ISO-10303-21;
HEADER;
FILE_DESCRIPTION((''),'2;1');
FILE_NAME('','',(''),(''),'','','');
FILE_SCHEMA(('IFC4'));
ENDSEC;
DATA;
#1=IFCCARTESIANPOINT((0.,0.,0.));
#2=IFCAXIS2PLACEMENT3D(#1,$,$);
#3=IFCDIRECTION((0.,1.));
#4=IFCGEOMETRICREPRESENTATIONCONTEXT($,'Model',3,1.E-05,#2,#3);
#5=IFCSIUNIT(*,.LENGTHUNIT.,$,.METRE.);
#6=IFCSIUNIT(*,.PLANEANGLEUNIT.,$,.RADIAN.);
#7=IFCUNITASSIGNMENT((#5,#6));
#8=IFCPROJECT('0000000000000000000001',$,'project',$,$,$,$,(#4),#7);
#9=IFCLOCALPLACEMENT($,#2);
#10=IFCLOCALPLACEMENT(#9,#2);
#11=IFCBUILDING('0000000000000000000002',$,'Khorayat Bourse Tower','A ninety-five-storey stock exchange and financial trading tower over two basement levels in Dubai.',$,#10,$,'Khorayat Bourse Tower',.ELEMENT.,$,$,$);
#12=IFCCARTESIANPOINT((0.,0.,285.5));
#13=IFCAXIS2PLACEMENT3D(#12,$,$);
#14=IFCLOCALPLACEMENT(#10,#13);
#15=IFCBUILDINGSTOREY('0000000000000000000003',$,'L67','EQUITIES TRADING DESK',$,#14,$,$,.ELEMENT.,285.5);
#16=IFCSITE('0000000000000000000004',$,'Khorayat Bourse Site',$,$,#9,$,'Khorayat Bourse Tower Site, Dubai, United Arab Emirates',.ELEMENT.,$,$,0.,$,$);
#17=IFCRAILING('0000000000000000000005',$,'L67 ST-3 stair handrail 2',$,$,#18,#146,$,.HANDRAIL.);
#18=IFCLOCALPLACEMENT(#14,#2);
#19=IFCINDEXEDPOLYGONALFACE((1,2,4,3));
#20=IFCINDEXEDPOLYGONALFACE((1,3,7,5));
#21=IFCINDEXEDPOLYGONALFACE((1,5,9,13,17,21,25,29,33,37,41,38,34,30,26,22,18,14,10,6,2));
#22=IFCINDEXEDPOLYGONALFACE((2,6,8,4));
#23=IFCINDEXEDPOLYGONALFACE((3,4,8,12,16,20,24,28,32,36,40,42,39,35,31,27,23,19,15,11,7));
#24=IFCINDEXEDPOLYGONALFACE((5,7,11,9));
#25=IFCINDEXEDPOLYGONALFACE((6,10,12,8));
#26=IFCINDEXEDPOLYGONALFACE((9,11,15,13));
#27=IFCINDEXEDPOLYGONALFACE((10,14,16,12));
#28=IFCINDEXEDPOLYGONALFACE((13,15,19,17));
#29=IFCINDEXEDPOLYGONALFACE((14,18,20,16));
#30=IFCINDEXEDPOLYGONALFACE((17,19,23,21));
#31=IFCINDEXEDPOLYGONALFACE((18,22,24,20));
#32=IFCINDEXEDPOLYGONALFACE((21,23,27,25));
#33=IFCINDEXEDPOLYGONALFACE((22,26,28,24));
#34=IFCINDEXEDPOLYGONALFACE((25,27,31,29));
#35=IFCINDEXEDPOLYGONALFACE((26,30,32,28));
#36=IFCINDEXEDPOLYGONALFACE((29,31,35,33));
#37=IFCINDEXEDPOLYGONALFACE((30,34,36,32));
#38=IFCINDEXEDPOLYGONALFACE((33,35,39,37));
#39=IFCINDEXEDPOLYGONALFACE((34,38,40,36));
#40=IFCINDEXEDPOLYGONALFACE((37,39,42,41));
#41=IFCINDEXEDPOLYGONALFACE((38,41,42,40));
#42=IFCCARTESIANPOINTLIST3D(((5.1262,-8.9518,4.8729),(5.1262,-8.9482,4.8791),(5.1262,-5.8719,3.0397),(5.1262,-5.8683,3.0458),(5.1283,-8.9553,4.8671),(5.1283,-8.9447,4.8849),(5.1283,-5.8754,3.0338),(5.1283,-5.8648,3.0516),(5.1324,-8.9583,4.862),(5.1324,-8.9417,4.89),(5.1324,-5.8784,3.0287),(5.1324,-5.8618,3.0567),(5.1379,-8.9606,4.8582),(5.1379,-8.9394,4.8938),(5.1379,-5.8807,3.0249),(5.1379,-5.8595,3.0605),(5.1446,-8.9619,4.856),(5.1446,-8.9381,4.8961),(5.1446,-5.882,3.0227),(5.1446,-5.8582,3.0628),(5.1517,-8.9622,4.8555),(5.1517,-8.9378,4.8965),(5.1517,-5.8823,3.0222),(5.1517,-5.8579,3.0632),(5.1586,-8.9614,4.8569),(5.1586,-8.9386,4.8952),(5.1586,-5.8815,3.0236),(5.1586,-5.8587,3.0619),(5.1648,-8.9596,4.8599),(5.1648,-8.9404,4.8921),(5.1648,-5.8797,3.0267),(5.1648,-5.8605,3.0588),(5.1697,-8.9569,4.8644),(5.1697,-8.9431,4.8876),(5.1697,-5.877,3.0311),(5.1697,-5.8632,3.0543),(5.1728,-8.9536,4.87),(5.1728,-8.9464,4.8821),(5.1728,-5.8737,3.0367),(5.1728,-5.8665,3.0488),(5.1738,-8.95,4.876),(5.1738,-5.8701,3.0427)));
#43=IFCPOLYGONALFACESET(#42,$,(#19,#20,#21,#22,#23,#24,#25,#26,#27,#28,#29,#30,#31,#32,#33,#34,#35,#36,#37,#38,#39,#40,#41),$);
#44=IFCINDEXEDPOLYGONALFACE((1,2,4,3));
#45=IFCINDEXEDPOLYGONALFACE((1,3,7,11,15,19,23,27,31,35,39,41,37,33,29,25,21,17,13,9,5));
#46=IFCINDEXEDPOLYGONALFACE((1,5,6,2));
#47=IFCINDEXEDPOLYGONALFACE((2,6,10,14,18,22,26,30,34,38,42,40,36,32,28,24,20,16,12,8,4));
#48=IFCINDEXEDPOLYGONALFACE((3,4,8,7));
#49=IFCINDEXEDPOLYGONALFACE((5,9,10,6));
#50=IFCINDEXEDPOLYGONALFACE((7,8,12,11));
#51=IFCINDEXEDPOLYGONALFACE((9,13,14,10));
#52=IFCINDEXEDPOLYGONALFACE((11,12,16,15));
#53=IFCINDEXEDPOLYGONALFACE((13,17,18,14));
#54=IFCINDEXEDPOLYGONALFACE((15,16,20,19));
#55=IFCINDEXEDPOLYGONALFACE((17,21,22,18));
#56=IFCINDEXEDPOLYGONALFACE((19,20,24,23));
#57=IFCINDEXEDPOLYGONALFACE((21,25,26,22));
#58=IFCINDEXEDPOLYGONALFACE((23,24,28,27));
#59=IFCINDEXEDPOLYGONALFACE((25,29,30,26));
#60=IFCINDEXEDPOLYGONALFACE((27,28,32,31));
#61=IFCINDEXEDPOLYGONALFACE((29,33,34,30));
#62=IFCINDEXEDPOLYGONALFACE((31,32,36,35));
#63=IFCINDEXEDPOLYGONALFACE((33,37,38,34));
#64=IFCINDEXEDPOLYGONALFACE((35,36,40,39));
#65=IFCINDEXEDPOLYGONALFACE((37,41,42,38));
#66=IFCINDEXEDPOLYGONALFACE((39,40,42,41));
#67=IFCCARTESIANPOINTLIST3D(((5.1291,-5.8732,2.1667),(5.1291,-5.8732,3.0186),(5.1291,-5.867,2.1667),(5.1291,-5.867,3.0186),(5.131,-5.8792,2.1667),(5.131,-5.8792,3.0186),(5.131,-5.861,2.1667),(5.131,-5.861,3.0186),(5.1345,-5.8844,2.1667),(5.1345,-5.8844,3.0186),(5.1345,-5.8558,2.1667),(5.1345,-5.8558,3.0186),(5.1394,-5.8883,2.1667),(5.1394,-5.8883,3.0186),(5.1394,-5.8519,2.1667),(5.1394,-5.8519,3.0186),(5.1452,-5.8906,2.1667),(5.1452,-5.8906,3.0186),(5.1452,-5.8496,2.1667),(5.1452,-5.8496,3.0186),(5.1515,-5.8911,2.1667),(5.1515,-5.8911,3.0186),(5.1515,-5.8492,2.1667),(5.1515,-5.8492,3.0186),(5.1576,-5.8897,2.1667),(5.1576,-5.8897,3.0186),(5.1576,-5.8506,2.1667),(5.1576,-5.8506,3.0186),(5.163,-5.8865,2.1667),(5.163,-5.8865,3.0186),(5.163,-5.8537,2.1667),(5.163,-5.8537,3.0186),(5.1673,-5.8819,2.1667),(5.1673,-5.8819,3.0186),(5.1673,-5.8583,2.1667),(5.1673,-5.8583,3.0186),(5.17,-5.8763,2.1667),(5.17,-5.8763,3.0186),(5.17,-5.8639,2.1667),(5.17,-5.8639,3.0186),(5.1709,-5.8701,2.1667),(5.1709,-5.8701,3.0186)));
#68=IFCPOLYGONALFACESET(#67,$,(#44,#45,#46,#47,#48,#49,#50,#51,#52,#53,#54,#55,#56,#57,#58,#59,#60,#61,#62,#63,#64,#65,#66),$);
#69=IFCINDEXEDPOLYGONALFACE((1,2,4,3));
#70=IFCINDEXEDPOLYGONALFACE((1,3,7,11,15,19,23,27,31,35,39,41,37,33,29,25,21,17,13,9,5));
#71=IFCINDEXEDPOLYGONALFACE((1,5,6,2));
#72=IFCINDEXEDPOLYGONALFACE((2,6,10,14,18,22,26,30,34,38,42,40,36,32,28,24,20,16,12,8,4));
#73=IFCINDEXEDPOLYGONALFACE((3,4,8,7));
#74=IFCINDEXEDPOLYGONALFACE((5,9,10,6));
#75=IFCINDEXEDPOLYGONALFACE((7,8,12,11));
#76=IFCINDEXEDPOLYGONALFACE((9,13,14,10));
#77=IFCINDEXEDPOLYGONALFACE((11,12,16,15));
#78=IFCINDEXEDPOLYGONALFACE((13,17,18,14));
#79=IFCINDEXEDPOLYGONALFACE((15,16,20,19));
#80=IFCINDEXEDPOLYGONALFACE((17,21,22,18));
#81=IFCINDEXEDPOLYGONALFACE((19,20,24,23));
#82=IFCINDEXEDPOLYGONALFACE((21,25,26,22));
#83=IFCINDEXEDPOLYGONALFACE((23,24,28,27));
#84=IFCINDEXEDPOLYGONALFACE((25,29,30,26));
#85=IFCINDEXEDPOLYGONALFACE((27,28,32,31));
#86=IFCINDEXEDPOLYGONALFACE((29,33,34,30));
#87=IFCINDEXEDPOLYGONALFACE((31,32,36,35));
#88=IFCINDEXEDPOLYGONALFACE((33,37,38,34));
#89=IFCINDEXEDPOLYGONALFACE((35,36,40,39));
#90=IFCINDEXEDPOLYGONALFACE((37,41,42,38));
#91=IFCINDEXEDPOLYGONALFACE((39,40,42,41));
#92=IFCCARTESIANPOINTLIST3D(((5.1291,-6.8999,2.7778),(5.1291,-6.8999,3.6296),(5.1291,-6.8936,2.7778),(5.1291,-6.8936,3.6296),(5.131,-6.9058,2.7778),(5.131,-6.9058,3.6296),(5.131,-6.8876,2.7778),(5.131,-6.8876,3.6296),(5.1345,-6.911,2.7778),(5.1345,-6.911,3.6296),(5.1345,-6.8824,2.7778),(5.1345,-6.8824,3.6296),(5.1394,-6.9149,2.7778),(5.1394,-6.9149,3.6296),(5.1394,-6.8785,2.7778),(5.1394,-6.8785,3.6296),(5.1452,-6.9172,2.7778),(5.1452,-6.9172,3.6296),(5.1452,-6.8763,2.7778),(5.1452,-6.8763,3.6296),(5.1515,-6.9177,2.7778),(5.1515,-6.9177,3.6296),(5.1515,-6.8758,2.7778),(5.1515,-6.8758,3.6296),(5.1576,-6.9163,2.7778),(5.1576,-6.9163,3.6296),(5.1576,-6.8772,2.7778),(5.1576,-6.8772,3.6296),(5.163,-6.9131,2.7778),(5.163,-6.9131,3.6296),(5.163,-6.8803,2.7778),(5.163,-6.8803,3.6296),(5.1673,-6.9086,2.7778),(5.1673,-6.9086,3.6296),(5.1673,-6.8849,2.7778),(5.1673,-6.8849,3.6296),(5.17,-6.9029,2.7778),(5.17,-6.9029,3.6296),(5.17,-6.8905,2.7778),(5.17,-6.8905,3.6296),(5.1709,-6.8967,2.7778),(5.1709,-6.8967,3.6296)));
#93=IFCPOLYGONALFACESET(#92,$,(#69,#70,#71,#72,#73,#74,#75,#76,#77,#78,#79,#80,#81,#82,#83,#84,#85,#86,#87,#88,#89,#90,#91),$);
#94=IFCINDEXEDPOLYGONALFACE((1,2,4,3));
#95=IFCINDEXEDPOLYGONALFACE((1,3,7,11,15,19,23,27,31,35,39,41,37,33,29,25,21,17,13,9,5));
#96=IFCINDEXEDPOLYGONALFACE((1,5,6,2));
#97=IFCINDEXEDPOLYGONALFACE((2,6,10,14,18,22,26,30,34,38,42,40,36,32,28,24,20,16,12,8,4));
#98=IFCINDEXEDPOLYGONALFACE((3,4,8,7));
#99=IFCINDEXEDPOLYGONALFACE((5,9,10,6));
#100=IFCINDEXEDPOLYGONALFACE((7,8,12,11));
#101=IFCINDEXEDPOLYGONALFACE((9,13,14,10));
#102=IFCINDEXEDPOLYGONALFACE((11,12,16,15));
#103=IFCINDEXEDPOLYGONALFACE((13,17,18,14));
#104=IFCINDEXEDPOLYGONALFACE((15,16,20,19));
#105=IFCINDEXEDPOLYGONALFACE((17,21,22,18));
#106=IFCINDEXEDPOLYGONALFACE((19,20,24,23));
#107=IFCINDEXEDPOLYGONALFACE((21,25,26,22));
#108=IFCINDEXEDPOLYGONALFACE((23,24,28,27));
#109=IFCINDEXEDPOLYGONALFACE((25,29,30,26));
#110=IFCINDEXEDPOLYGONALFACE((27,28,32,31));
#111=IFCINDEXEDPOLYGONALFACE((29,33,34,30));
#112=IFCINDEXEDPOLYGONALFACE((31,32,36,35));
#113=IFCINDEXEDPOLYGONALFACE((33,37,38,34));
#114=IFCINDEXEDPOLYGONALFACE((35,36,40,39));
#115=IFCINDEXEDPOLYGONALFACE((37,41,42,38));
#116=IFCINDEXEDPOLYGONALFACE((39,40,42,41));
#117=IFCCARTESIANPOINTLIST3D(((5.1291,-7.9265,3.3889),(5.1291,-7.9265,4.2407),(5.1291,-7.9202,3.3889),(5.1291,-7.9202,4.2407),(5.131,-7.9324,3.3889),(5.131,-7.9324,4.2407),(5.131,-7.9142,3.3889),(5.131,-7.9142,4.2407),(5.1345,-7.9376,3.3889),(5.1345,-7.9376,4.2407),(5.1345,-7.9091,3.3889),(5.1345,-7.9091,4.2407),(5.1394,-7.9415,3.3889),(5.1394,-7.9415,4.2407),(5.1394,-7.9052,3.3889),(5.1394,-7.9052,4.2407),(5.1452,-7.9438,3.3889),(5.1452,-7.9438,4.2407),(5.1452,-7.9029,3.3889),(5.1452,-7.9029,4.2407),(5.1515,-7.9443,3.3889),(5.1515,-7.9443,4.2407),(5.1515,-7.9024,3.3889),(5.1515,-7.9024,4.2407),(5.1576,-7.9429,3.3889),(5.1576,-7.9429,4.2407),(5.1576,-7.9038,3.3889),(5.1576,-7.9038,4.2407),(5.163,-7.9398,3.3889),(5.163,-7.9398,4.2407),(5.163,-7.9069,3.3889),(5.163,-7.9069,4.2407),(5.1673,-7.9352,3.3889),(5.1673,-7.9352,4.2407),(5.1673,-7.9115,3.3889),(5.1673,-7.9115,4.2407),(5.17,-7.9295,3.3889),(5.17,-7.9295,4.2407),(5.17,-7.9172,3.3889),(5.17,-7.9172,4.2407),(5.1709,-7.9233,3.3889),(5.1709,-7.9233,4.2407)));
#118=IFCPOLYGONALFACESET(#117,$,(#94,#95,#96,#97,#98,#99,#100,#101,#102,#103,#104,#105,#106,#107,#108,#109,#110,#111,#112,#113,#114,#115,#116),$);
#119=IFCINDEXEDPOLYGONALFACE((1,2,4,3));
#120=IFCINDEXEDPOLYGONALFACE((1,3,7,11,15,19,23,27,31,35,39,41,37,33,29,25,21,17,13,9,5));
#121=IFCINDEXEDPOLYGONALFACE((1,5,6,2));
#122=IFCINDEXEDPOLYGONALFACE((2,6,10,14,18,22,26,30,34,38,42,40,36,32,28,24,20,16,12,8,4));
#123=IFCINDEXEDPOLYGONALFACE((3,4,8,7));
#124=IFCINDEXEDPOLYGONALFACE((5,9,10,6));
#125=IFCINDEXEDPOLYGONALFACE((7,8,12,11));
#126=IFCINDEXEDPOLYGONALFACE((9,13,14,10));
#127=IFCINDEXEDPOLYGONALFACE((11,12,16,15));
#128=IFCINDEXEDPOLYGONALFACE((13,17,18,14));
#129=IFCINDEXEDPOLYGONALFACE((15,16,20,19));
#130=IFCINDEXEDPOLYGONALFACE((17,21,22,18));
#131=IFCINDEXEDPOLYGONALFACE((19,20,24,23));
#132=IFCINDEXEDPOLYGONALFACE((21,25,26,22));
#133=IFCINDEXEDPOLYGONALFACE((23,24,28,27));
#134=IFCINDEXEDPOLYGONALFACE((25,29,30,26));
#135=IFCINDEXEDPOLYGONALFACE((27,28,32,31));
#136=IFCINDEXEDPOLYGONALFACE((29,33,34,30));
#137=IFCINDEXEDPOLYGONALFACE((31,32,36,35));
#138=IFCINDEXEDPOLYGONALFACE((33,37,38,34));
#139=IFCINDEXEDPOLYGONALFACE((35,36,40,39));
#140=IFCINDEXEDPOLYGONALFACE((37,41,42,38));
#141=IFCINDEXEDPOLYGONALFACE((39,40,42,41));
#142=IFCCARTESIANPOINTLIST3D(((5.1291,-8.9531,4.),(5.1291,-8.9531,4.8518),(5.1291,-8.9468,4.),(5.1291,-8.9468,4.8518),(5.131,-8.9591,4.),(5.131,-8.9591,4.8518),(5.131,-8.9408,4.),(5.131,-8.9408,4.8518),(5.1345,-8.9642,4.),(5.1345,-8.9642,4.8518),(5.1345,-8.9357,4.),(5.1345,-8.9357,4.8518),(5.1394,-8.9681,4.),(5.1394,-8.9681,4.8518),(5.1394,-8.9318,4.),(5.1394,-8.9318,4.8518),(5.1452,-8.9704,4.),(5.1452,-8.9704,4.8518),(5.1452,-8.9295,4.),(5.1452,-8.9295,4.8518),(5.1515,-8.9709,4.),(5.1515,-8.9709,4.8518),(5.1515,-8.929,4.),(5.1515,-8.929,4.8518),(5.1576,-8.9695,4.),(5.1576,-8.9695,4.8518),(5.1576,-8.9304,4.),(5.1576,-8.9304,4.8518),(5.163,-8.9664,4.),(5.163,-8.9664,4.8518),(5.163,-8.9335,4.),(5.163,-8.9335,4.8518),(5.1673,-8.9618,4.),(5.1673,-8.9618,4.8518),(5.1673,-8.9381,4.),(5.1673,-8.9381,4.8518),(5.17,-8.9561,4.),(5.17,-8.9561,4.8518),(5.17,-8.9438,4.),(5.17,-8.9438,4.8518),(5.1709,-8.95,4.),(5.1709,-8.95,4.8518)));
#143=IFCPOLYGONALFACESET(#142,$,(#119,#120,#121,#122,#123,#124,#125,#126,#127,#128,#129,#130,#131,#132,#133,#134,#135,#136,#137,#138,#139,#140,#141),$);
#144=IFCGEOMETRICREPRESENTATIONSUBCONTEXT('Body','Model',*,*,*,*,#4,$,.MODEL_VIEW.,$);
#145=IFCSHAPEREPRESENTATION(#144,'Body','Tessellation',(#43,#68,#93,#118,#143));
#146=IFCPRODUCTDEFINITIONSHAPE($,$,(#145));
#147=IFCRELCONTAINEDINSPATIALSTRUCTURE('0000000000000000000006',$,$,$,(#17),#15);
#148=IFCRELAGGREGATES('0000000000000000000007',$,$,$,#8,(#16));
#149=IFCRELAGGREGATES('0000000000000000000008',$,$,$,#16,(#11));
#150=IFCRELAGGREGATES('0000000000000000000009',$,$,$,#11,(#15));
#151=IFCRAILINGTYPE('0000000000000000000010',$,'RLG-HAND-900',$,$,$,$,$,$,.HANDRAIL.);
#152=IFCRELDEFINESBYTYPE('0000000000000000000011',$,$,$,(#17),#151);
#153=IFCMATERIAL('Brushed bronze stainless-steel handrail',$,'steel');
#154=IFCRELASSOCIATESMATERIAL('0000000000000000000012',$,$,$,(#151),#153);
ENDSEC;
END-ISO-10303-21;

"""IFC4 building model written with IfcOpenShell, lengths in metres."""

from ifc_helpers import new_model, si_unit, direction, frame, origin, origin_2d, place, context, subcontext, project, spatial, circle, extrude, source, transform, mapped, material, type_object, element, save


model = new_model("IFC4")

# Units and contexts
model_context = context("Model", 3, precision=1e-05, world=origin(), true_north=direction((0.0, 1.0)))
body_context = subcontext(model_context, "Body", "Model", "MODEL_VIEW")
ifc_project = project(units=[si_unit("LENGTHUNIT", "METRE"), si_unit("PLANEANGLEUNIT", "RADIAN")], contexts=[model_context])

# Site, building, storey
site_placement = place(None, origin())
site = spatial("IfcSite", under=ifc_project, at=site_placement, Name="Khorayat Bourse Site", LongName="Khorayat Bourse Tower Site, Dubai, United Arab Emirates", CompositionType="ELEMENT", RefElevation=0.0)
building_placement = place(site_placement, origin())
building = spatial("IfcBuilding", under=site, at=building_placement, Name="Khorayat Bourse Tower", Description="A ninety-five-storey stock exchange and financial trading tower over two basement levels in Dubai.", LongName="Khorayat Bourse Tower", CompositionType="ELEMENT")
storey_placement = place(building_placement, frame((0.0, 0.0, 285.5)))
storey = spatial("IfcBuildingStorey", under=building, at=storey_placement, Name="L67", Description="EQUITIES TRADING DESK", CompositionType="ELEMENT", Elevation=285.5)

# Railing
ifc_material_1 = material(Name="Brushed bronze stainless-steel handrail", Category="steel")
railing_type = type_object("IfcRailingType", Name="RLG-HAND-900", PredefinedType="HANDRAIL", material=ifc_material_1)
shared_shape_1 = source(origin(), body_context, "Body", "SweptSolid", [
    extrude(circle(Radius=0.0239, at=origin_2d()), frame((0.0, 0.0, 0.876), z_axis=(0.0, -0.859291, 0.511487), x_axis=(1.0, 0.0, 0.0)), (0.0, 0.0, 1.0), 3.5842),
    extrude(circle(Radius=0.021, at=origin_2d()), origin(), (0.0, 0.0, 1.0), 0.8518),
    extrude(circle(Radius=0.021, at=origin_2d()), frame((0.0, -1.0266, 0.6111)), (0.0, 0.0, 1.0), 0.8518),
    extrude(circle(Radius=0.021, at=origin_2d()), frame((0.0, -2.0532, 1.2222)), (0.0, 0.0, 1.0), 0.8518),
    extrude(circle(Radius=0.021, at=origin_2d()), frame((0.0, -3.0798, 1.8333)), (0.0, 0.0, 1.0), 0.8518),
])
railing_placement = place(storey_placement, frame((5.1499, -5.8701, 2.1667)))
element("IfcRailing", 1, at=railing_placement, inside=storey, type_object=railing_type, Name="L67 ST-3 stair handrail 2", PredefinedType="HANDRAIL", context=body_context, shape_type="MappedRepresentation", body=[
    mapped(shared_shape_1, transform((0.0, 0.0, 0.0), scale=1.0)),
])

save(model, "model.ifc")
